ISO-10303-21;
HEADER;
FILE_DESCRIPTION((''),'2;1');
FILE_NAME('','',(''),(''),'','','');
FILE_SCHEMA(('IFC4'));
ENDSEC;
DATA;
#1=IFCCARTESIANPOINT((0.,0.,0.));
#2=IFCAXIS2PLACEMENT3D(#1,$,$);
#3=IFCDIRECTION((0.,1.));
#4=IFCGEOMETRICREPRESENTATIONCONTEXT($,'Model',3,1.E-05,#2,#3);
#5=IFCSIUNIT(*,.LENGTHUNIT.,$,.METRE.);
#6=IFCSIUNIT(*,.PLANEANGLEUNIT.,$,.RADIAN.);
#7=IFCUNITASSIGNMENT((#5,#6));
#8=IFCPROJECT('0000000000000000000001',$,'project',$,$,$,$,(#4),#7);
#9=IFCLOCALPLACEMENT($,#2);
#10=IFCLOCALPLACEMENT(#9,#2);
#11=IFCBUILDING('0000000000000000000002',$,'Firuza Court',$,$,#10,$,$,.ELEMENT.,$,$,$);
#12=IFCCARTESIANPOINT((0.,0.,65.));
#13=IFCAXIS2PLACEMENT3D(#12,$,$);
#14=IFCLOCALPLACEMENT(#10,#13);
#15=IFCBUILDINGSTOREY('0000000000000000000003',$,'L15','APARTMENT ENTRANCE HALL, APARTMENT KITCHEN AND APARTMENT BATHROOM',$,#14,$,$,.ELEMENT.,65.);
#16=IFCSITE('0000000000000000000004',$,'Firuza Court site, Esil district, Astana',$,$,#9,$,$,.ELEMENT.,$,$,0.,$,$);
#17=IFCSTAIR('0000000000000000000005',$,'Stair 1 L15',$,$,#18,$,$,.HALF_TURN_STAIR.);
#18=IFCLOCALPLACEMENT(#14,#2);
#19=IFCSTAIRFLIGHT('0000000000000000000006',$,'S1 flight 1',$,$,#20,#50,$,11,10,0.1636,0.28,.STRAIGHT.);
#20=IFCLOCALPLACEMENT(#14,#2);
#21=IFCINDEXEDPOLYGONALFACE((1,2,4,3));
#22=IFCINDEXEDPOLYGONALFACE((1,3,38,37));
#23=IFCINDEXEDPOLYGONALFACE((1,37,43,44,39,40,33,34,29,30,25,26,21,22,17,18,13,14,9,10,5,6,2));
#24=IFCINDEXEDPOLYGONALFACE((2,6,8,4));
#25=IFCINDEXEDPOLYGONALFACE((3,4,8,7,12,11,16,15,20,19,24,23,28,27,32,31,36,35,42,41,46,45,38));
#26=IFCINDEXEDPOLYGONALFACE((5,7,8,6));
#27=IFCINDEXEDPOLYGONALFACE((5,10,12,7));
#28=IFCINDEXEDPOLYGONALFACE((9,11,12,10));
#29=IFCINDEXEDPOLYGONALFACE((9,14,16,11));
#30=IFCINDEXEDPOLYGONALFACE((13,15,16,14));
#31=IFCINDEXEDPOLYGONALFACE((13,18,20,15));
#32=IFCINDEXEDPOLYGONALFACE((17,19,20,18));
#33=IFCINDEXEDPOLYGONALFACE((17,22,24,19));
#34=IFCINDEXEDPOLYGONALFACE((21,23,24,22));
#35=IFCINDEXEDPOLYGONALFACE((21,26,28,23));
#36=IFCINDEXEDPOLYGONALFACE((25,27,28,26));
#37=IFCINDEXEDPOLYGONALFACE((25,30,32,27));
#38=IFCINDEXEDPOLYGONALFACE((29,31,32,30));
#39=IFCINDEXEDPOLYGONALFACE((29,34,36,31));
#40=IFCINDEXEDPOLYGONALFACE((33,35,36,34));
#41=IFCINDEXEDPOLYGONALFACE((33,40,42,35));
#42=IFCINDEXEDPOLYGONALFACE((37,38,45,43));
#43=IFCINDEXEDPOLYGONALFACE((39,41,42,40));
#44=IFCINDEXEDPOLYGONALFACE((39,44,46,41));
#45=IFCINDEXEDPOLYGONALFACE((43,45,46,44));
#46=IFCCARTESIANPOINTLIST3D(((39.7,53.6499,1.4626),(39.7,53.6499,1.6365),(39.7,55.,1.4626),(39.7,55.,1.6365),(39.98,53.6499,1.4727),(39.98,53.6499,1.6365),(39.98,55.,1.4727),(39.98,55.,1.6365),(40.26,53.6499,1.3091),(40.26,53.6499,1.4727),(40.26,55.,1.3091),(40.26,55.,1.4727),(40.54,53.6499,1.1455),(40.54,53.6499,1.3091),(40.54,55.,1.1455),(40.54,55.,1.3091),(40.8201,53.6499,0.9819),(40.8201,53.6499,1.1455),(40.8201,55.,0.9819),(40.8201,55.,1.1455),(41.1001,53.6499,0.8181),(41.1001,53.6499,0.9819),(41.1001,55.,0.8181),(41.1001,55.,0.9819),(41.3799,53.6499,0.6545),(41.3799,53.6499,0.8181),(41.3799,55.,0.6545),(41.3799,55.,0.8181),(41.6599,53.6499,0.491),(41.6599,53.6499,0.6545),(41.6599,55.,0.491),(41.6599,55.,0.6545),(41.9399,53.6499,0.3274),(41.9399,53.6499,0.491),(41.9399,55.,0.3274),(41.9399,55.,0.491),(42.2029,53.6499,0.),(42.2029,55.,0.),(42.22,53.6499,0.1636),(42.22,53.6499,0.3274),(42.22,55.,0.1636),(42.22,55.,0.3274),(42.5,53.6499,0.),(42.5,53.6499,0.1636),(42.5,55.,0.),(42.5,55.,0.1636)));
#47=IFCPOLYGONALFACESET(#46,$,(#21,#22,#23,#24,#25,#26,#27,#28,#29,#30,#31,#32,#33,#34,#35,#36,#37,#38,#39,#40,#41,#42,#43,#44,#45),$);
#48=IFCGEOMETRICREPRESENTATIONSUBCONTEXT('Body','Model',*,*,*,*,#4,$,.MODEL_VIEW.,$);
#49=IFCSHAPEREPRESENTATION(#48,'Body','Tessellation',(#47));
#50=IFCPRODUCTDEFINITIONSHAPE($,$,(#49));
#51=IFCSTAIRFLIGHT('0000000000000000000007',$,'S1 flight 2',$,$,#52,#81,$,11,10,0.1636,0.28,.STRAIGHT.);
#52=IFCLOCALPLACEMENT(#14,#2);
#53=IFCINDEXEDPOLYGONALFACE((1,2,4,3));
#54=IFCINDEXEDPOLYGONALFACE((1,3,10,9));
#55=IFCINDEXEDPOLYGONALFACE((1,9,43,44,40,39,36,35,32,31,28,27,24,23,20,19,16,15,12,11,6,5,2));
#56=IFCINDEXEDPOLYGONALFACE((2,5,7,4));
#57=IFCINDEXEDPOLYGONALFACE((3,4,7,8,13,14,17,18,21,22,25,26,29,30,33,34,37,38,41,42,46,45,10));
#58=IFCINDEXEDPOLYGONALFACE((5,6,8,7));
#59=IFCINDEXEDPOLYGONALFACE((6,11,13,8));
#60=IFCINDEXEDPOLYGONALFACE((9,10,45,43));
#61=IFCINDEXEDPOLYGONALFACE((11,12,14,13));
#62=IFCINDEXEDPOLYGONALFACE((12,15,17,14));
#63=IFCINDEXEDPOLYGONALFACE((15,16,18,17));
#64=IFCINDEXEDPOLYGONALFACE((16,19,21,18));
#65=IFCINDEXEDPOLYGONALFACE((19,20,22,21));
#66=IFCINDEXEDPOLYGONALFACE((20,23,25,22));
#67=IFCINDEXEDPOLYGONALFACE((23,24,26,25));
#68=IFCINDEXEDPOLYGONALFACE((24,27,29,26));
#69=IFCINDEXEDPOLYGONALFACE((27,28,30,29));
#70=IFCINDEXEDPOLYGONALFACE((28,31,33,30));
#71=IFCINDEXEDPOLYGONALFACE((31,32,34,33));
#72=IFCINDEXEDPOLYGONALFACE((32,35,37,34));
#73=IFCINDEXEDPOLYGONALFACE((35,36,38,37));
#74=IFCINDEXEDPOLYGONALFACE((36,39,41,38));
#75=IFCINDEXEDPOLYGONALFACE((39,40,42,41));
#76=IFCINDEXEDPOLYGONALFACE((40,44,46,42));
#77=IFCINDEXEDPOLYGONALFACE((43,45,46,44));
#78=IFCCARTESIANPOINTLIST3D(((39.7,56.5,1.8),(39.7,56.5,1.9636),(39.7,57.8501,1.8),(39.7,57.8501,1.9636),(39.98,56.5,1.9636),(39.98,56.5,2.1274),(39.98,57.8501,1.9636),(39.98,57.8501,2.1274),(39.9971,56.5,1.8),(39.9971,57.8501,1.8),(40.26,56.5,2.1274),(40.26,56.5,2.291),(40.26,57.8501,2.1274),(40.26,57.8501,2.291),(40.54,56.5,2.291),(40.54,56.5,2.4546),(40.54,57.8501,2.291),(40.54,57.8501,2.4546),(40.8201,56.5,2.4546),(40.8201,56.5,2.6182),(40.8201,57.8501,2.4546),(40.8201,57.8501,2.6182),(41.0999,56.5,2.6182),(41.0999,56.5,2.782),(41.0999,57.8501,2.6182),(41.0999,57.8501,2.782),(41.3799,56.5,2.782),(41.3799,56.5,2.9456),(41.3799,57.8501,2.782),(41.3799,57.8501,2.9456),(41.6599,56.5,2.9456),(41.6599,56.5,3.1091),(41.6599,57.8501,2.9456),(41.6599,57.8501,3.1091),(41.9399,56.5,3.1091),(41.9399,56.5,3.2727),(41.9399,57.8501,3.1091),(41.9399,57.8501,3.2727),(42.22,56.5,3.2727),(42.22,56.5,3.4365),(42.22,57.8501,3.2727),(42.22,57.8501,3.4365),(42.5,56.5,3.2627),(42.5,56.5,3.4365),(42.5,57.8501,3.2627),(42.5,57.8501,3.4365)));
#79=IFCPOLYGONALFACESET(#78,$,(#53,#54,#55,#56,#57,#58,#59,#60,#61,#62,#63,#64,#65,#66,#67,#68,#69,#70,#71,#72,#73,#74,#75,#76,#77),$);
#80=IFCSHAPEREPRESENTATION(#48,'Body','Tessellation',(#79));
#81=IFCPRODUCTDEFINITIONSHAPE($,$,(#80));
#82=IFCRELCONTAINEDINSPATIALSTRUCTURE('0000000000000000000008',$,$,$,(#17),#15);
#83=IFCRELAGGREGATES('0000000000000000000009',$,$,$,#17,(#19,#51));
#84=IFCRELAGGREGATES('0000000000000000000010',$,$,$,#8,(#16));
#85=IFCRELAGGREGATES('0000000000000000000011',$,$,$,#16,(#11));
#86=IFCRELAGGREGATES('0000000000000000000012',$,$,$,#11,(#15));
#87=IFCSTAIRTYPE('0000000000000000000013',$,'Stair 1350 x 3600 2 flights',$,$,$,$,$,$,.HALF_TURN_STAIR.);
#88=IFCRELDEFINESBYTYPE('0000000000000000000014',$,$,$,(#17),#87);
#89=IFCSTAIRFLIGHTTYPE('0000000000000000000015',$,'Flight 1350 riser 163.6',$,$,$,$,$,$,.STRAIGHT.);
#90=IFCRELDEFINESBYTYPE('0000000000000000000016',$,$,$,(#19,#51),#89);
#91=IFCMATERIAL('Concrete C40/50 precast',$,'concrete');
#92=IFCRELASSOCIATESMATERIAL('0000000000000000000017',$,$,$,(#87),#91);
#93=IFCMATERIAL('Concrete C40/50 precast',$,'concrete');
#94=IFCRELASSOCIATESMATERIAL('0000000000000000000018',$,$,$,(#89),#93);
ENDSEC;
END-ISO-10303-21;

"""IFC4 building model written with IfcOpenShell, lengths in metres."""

from ifc_helpers import new_model, si_unit, direction, frame, origin, place, context, subcontext, project, spatial, polyline, outline, extrude, material, type_object, element, aggregate, save


model = new_model("IFC4")

# Units and contexts
model_context = context("Model", 3, precision=1e-05, world=origin(), true_north=direction((0.0, 1.0)))
body_context = subcontext(model_context, "Body", "Model", "MODEL_VIEW")
ifc_project = project(units=[si_unit("LENGTHUNIT", "METRE"), si_unit("PLANEANGLEUNIT", "RADIAN")], contexts=[model_context])

# Site, building, storey
site_placement = place(None, origin())
site = spatial("IfcSite", under=ifc_project, at=site_placement, Name="Firuza Court site, Esil district, Astana", CompositionType="ELEMENT", RefElevation=0.0)
building_placement = place(site_placement, origin())
building = spatial("IfcBuilding", under=site, at=building_placement, Name="Firuza Court", CompositionType="ELEMENT")
storey_placement = place(building_placement, frame((0.0, 0.0, 65.0)))
storey = spatial("IfcBuildingStorey", under=building, at=storey_placement, Name="L15", Description="APARTMENT ENTRANCE HALL, APARTMENT KITCHEN AND APARTMENT BATHROOM", CompositionType="ELEMENT", Elevation=65.0)

# Stair, stair flights
ifc_material_1 = material(Name="Concrete C40/50 precast", Category="concrete")
stair_type = type_object("IfcStairType", Name="Stair 1350 x 3600 2 flights", PredefinedType="HALF_TURN_STAIR", material=ifc_material_1)
stair_placement = place(storey_placement, origin())
stair = element("IfcStair", 1, at=stair_placement, inside=storey, type_object=stair_type, Name="Stair 1 L15", PredefinedType="HALF_TURN_STAIR")
ifc_material_2 = material(Name="Concrete C40/50 precast", Category="concrete")
stair_flight_type = type_object("IfcStairFlightType", Name="Flight 1350 riser 163.6", PredefinedType="STRAIGHT", material=ifc_material_2)
stair_flight_1_placement = place(storey_placement, frame((42.5, 54.325, 0.0), z_axis=(0.0, 0.0, 1.0), x_axis=(-1.0, 0.0, 0.0)))
stair_flight_1 = element("IfcStairFlight", 2, at=stair_flight_1_placement, type_object=stair_flight_type, Name="S1 flight 1", NumberOfRisers=11, NumberOfTreads=10, PredefinedType="STRAIGHT", RiserHeight=0.1636, TreadLength=0.28, context=body_context, shape_type="SweptSolid", body=[
    extrude(outline(polyline([(0.0, 0.0), (0.0, 0.1636), (0.28, 0.1636), (0.28, 0.3274), (0.5601, 0.3274), (0.5601, 0.491), (0.8401, 0.491), (0.8401, 0.6545), (1.1201, 0.6545), (1.1201, 0.8181), (1.3999, 0.8181), (1.3999, 0.9819), (1.6799, 0.9819), (1.6799, 1.1455), (1.96, 1.1455), (1.96, 1.3091), (2.24, 1.3091), (2.24, 1.4727), (2.52, 1.4727), (2.52, 1.6365), (2.8, 1.6365), (2.8, 1.8), (2.8, 1.4626), (0.2971, 0.0), (0.0, 0.0)])), frame((0.0, 0.675, 0.0), z_axis=(0.0, -1.0, 0.0), x_axis=(1.0, 0.0, 0.0)), (0.0, 0.0, 1.0), 1.3501),
])
stair_flight_2_placement = place(storey_placement, frame((39.7, 57.175, 1.8), z_axis=(0.0, 0.0, 1.0), x_axis=(1.0, 0.0, 0.0)))
stair_flight_2 = element("IfcStairFlight", 3, at=stair_flight_2_placement, type_object=stair_flight_type, Name="S1 flight 2", NumberOfRisers=11, NumberOfTreads=10, PredefinedType="STRAIGHT", RiserHeight=0.1636, TreadLength=0.28, context=body_context, shape_type="SweptSolid", body=[
    extrude(outline(polyline([(0.0, 0.0), (0.0, 0.1636), (0.28, 0.1636), (0.28, 0.3274), (0.5601, 0.3274), (0.5601, 0.491), (0.8401, 0.491), (0.8401, 0.6545), (1.1201, 0.6545), (1.1201, 0.8181), (1.3999, 0.8181), (1.3999, 0.9819), (1.6799, 0.9819), (1.6799, 1.1455), (1.96, 1.1455), (1.96, 1.3091), (2.24, 1.3091), (2.24, 1.4727), (2.52, 1.4727), (2.52, 1.6365), (2.8, 1.6365), (2.8, 1.8), (2.8, 1.4626), (0.2971, 0.0), (0.0, 0.0)])), frame((0.0, 0.675, 0.0), z_axis=(0.0, -1.0, 0.0), x_axis=(1.0, 0.0, 0.0)), (0.0, 0.0, 1.0), 1.3501),
])
aggregate(stair, [stair_flight_1, stair_flight_2])

save(model, "model.ifc")
